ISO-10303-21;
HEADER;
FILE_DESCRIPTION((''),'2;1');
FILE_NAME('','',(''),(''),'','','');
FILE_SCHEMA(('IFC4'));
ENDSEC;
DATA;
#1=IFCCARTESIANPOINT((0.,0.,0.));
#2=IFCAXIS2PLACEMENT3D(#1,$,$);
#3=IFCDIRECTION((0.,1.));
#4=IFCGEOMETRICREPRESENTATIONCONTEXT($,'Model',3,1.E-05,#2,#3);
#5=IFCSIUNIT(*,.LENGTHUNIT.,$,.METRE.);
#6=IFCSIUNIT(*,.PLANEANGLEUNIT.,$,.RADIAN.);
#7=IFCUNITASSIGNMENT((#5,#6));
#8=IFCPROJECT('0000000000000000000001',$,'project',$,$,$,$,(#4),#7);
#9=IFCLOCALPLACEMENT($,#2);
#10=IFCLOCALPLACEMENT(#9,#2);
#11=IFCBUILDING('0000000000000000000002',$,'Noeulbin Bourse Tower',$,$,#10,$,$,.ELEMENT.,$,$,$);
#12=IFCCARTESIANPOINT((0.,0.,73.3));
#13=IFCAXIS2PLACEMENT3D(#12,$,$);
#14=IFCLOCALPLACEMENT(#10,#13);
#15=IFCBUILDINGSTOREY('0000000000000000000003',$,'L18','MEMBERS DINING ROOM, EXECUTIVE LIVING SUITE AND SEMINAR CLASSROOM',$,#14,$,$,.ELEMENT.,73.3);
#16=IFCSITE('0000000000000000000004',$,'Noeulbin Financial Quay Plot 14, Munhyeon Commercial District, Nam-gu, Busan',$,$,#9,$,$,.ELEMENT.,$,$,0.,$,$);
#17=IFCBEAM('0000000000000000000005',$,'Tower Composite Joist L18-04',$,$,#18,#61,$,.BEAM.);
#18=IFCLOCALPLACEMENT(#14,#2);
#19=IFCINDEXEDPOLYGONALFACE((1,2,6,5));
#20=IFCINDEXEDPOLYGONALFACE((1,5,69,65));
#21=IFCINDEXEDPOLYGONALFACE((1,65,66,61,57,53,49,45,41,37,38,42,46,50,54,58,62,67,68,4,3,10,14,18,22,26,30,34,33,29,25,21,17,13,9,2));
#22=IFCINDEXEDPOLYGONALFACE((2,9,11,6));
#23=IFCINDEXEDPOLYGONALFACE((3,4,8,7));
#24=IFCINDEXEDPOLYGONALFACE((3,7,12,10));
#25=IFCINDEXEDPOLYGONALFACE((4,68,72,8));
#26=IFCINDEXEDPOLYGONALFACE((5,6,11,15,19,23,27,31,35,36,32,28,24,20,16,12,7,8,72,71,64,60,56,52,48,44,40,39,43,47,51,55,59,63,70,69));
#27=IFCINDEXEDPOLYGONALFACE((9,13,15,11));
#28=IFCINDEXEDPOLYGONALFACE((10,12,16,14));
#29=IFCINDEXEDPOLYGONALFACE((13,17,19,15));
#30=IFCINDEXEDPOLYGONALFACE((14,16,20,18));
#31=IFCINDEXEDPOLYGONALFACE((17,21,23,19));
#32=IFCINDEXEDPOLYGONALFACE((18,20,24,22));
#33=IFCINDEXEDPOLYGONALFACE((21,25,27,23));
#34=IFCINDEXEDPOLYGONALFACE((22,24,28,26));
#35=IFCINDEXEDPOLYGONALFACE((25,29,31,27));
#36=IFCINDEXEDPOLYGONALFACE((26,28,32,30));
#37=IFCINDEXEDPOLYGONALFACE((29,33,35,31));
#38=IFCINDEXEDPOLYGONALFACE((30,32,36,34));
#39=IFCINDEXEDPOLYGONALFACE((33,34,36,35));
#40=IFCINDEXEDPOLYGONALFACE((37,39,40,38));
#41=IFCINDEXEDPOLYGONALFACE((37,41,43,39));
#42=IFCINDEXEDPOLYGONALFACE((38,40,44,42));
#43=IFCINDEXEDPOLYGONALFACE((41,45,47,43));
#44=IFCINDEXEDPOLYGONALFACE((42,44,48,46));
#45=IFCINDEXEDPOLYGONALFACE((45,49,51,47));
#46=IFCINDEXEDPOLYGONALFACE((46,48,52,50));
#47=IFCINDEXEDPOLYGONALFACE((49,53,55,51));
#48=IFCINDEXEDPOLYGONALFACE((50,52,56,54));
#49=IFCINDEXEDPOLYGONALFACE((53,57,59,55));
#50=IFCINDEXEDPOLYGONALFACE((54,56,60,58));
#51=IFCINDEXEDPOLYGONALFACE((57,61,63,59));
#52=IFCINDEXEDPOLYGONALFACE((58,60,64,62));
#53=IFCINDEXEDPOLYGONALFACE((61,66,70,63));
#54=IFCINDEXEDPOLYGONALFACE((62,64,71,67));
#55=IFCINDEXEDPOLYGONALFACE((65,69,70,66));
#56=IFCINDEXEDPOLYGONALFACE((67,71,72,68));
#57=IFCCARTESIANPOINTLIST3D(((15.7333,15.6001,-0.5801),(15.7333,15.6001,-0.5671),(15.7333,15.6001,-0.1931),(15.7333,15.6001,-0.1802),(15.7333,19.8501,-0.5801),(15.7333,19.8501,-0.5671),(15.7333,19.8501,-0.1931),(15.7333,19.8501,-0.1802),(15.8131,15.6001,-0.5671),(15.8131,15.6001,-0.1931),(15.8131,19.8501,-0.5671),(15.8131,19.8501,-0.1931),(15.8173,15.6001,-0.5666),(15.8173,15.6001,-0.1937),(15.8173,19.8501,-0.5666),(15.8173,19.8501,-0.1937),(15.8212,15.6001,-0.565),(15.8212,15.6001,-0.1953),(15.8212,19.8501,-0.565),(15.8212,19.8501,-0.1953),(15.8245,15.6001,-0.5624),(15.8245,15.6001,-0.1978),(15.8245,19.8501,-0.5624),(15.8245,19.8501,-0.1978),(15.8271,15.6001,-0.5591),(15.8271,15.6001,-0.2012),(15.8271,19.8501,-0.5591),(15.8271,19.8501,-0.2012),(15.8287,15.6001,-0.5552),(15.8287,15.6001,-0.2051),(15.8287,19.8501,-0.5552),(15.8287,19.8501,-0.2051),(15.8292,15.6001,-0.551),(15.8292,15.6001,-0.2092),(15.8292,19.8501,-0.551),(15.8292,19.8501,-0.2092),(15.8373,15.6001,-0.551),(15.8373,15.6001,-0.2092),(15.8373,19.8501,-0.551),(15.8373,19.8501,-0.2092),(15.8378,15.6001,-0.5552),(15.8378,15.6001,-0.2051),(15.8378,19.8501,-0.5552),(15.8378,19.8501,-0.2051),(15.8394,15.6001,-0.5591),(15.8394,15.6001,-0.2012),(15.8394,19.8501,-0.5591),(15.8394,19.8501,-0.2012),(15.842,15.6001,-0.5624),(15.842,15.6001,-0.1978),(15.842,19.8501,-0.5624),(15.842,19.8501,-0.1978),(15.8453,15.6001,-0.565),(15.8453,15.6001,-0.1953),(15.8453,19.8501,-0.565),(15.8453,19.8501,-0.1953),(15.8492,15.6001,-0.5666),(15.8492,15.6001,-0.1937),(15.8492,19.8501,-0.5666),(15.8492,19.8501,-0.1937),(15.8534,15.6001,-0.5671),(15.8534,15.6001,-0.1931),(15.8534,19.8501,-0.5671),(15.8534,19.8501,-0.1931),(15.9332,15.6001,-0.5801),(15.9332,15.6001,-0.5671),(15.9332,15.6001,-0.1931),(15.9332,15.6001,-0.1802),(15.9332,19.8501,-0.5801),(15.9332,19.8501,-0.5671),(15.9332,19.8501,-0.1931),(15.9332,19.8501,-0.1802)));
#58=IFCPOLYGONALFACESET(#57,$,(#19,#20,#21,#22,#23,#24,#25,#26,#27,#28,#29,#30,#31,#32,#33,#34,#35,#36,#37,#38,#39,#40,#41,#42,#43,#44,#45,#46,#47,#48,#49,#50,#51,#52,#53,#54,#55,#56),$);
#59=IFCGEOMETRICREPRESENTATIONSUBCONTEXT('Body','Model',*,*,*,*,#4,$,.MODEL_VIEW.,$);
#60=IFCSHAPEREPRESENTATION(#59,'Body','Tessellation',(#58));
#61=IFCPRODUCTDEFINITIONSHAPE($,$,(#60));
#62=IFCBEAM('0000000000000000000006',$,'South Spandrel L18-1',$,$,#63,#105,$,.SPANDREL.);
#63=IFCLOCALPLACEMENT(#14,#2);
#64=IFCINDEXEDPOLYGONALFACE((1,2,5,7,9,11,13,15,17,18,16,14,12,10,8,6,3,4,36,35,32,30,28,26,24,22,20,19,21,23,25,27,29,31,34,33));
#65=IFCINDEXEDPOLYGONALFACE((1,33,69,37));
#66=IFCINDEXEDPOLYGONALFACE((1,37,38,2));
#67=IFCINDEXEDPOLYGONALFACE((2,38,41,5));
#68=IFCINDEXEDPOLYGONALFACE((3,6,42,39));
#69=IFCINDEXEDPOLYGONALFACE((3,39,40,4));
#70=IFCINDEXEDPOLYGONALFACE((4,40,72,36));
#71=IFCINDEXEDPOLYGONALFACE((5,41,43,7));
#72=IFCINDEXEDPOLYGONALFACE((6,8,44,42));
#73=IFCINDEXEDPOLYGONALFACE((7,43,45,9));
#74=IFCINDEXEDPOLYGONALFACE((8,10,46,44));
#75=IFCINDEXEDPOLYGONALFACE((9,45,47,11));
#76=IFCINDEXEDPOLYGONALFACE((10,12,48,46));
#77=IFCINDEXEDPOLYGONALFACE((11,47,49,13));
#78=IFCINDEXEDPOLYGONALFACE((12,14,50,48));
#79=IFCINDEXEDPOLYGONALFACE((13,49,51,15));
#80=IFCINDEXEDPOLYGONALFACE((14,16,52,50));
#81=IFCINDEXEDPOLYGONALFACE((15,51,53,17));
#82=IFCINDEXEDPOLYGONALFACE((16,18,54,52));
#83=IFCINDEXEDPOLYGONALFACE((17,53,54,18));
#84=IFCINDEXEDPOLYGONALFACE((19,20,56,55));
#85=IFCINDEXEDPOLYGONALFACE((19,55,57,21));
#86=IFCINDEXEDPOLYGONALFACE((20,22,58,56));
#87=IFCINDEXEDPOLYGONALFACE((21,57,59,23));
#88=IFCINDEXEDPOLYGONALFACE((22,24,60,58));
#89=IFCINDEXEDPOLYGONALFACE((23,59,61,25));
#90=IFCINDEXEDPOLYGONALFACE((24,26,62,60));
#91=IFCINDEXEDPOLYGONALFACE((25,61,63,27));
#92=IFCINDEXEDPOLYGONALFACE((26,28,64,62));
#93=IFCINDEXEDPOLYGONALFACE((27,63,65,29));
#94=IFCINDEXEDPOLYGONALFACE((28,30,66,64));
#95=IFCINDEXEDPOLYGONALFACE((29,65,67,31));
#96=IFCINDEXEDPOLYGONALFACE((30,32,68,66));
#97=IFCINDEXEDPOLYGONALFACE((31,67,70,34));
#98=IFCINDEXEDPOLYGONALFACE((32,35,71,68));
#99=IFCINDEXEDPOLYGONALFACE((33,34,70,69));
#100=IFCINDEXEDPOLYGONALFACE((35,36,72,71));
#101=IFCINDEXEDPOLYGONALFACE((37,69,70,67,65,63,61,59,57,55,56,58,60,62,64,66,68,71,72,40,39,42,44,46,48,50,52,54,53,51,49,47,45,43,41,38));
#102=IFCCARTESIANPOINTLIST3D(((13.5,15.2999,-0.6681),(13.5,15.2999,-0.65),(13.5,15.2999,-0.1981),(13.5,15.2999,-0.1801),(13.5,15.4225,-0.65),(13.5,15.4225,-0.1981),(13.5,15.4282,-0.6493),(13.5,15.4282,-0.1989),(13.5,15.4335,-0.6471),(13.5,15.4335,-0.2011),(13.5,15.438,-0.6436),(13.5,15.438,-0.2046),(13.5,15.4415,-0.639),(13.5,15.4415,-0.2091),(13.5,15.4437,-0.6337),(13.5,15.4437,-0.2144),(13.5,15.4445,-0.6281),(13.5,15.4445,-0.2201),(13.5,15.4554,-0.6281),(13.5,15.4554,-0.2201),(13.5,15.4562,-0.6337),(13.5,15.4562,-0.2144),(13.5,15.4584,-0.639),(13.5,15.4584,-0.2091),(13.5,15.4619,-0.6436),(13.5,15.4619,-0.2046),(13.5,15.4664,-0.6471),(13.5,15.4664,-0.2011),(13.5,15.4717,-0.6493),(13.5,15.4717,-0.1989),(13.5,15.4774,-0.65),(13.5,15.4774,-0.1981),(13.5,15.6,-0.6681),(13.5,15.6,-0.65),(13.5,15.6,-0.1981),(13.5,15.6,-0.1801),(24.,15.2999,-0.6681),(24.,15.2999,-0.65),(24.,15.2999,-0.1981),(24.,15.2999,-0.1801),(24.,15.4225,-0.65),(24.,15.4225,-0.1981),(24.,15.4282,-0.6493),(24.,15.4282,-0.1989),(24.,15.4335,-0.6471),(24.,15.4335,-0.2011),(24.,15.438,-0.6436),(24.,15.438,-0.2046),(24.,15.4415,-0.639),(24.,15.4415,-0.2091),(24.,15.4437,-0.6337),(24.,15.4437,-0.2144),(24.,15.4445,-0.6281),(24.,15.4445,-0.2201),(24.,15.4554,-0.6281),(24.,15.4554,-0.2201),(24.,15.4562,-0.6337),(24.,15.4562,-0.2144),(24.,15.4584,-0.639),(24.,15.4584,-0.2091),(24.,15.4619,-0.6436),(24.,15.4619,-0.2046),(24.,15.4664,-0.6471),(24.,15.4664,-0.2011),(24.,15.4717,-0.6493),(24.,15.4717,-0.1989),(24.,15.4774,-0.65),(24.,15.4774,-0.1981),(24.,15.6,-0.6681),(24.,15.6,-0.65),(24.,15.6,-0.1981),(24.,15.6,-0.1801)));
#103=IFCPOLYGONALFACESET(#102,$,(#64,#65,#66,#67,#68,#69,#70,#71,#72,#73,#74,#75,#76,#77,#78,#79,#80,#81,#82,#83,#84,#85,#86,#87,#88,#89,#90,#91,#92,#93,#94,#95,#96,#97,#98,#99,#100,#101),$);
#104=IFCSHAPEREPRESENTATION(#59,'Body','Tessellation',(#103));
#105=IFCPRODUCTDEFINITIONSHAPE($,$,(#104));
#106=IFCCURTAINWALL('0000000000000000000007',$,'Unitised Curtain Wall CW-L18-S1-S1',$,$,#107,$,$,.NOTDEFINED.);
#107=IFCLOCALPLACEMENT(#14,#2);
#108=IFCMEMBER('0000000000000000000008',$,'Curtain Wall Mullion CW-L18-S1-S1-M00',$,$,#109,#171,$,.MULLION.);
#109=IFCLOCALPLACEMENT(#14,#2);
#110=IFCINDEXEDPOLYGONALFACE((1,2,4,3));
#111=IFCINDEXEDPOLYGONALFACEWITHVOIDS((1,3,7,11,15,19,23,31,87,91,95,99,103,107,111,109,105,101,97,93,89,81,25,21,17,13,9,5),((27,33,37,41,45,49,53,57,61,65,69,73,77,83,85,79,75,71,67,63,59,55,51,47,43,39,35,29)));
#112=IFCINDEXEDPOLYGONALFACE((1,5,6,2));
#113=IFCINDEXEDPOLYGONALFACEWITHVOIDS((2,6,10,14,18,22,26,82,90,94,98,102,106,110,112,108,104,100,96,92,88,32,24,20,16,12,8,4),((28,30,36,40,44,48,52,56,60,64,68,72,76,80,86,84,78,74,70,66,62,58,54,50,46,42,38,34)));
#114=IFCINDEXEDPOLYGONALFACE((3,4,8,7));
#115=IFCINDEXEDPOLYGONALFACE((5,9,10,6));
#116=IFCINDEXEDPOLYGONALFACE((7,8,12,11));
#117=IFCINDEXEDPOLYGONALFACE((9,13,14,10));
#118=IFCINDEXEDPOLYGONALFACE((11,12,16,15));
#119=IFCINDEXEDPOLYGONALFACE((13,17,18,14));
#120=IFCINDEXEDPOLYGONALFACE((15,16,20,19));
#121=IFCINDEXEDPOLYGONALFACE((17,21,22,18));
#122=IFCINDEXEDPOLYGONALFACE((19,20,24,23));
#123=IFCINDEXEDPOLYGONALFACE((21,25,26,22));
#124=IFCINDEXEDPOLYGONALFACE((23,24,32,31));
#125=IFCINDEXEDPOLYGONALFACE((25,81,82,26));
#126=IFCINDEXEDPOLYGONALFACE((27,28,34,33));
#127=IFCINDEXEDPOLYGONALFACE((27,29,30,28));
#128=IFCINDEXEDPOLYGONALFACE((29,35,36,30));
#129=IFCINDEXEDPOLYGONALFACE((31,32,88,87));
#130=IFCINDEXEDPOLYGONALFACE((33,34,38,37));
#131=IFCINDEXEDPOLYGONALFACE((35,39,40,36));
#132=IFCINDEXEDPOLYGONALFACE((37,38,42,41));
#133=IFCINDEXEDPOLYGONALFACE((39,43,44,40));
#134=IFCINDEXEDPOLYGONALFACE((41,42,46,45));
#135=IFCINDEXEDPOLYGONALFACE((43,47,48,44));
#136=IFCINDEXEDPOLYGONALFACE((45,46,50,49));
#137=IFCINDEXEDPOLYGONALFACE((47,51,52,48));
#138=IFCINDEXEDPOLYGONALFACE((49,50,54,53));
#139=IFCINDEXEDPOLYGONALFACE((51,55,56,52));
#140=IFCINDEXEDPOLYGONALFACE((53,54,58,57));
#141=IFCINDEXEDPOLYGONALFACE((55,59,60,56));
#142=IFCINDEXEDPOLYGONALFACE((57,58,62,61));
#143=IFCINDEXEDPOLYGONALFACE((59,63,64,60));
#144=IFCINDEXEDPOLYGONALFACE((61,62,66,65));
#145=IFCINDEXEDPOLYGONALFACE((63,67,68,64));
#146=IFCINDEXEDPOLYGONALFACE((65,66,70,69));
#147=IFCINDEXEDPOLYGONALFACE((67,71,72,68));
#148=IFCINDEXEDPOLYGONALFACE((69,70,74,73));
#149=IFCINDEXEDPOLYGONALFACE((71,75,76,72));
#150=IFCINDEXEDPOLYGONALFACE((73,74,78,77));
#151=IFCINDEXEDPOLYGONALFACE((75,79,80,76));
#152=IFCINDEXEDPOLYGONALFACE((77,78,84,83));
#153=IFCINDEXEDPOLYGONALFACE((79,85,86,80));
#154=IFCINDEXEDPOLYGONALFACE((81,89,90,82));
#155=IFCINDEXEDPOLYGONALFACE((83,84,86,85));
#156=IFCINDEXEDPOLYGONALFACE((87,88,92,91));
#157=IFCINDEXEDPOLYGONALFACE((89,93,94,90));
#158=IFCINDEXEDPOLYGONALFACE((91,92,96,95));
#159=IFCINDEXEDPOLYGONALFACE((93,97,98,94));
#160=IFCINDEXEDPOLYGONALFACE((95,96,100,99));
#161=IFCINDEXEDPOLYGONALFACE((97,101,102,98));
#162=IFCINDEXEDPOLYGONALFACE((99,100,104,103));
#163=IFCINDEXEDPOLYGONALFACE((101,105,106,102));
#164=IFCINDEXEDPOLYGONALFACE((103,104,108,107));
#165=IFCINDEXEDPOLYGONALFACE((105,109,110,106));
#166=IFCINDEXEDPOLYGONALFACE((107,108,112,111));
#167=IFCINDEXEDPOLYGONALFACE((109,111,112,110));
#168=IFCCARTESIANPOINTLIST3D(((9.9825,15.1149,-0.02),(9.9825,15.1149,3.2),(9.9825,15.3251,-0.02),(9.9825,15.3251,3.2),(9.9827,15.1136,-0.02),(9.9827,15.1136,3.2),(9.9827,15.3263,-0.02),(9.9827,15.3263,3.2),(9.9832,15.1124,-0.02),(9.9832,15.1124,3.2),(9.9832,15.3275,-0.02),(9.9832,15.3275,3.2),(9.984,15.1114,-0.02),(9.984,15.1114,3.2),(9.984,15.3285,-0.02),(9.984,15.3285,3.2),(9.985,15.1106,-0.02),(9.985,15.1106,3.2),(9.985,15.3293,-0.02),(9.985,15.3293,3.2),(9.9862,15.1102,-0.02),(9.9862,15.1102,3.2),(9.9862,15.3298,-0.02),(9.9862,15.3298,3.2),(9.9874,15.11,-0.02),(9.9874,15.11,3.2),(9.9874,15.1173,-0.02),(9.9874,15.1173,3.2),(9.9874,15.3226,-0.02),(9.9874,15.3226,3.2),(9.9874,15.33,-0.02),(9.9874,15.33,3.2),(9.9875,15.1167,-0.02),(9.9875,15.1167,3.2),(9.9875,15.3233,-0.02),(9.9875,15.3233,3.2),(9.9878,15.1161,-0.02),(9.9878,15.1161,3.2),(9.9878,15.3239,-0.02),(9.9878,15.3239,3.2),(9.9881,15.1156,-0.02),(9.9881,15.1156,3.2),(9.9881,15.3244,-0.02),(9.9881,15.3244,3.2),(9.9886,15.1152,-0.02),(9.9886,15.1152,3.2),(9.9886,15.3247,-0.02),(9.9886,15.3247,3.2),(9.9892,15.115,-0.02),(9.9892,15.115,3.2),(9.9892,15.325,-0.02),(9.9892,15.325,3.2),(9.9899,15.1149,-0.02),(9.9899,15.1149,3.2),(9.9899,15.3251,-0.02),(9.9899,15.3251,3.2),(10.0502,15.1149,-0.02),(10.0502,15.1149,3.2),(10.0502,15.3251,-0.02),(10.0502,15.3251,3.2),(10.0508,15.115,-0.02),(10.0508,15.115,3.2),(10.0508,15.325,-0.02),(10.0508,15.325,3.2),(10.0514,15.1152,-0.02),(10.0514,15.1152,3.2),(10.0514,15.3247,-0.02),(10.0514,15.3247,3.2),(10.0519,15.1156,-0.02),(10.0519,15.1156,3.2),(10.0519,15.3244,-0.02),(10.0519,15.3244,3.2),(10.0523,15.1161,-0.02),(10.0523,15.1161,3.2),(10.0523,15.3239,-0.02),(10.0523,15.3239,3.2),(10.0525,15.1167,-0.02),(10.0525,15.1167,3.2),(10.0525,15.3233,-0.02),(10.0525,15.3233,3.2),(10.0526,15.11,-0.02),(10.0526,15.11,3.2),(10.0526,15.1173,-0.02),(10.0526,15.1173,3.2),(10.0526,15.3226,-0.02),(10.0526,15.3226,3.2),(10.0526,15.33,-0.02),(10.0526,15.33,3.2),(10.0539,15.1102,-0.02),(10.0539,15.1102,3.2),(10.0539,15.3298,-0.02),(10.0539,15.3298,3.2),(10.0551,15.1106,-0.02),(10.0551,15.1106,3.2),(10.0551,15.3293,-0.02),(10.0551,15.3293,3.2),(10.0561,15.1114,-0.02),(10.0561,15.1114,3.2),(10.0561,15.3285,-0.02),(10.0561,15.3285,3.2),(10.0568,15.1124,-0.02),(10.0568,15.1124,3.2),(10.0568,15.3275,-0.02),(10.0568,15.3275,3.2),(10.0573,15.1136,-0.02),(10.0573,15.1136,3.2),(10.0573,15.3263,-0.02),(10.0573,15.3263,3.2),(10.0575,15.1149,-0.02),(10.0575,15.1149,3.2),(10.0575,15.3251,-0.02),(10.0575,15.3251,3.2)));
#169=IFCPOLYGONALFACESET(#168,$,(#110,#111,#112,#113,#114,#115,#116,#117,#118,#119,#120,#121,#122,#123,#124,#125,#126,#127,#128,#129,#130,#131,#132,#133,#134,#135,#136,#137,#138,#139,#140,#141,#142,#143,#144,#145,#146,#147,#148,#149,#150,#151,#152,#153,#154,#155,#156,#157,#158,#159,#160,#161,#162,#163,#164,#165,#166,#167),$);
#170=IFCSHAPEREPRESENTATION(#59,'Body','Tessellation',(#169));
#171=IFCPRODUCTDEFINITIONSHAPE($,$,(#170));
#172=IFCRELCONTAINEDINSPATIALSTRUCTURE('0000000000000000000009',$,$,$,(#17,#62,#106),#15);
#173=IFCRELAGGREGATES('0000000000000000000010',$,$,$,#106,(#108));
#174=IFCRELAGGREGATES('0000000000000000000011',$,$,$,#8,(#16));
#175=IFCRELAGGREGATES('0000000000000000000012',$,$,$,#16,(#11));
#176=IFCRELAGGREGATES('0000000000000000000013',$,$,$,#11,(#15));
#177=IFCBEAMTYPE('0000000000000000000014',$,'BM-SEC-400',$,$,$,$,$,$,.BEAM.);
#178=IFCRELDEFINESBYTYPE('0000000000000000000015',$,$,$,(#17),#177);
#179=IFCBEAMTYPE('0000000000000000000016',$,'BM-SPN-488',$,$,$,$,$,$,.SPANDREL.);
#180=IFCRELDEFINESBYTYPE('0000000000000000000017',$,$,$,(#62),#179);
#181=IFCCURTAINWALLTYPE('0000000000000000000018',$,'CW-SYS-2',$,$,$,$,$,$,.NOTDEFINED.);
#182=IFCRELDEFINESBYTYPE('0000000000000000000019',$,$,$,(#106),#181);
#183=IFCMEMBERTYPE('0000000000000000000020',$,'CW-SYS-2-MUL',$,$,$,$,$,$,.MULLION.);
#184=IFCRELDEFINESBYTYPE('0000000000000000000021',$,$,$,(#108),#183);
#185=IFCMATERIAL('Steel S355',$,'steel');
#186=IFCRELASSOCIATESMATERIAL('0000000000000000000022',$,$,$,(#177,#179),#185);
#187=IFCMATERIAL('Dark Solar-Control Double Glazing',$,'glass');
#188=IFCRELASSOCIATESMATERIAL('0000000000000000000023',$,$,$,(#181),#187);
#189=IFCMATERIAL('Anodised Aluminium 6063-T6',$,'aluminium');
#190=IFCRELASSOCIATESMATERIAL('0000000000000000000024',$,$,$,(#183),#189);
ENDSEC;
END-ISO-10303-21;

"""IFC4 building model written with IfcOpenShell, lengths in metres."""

from ifc_helpers import new_model, si_unit, direction, frame, origin, origin_2d, place, context, subcontext, project, spatial, hollow_rectangle, i_section, extrude, material, material_profile, profile_set, type_object, element, aggregate, save


model = new_model("IFC4")

# Units and contexts
model_context = context("Model", 3, precision=1e-05, world=origin(), true_north=direction((0.0, 1.0)))
body_context = subcontext(model_context, "Body", "Model", "MODEL_VIEW")
ifc_project = project(units=[si_unit("LENGTHUNIT", "METRE"), si_unit("PLANEANGLEUNIT", "RADIAN")], contexts=[model_context])

# Site, building, storey
site_placement = place(None, origin())
site = spatial("IfcSite", under=ifc_project, at=site_placement, Name="Noeulbin Financial Quay Plot 14, Munhyeon Commercial District, Nam-gu, Busan", CompositionType="ELEMENT", RefElevation=0.0)
building_placement = place(site_placement, origin())
building = spatial("IfcBuilding", under=site, at=building_placement, Name="Noeulbin Bourse Tower", CompositionType="ELEMENT")
storey_placement = place(building_placement, frame((0.0, 0.0, 73.3)))
storey = spatial("IfcBuildingStorey", under=building, at=storey_placement, Name="L18", Description="MEMBERS DINING ROOM, EXECUTIVE LIVING SUITE AND SEMINAR CLASSROOM", CompositionType="ELEMENT", Elevation=73.3)

# Beams
ifc_material_1 = material(Name="Steel S355", Category="steel")
ifc_material_profile_1 = material_profile(ifc_material_1, i_section(OverallWidth=0.2, OverallDepth=0.3999, WebThickness=0.0081, FlangeThickness=0.0129, FilletRadius=0.0161, at=origin_2d()), Name="H-400x200x8x13", Category="LoadBearing")
ifc_profile_set_1 = profile_set([ifc_material_profile_1], Name="Steel S355")
beam_type_1 = type_object("IfcBeamType", Name="BM-SEC-400", PredefinedType="BEAM", material=ifc_profile_set_1)
for number, where, z_axis, x_axis, name in (
    (1, (15.8333, 15.6001, -0.3801), (0.0, 1.0, 0.0), (-1.0, 0.0, 0.0), "Tower Composite Joist L18-04"),
):
    element("IfcBeam", number, at=place(storey_placement, frame(where, z_axis=z_axis, x_axis=x_axis)), inside=storey, type_object=beam_type_1, Name=name, PredefinedType="BEAM", context=body_context, shape_type="SweptSolid", body=[
        extrude(i_section(OverallWidth=0.2, OverallDepth=0.3999, WebThickness=0.0081, FlangeThickness=0.0129, FilletRadius=0.0161, at=origin_2d()), origin(), (0.0, 0.0, 1.0), 4.25),
    ])
ifc_material_profile_2 = material_profile(ifc_material_1, i_section(OverallWidth=0.3, OverallDepth=0.488, WebThickness=0.011, FlangeThickness=0.0181, FilletRadius=0.022, at=origin_2d()), Name="H-488x300x11x18", Category="LoadBearing")
ifc_profile_set_2 = profile_set([ifc_material_profile_2], Name="Steel S355")
beam_type_2 = type_object("IfcBeamType", Name="BM-SPN-488", PredefinedType="SPANDREL", material=ifc_profile_set_2)
beam_1_placement = place(storey_placement, frame((13.5, 15.45, -0.4241), z_axis=(1.0, 0.0, 0.0), x_axis=(0.0, 1.0, 0.0)))
element("IfcBeam", 2, at=beam_1_placement, inside=storey, type_object=beam_type_2, Name="South Spandrel L18-1", PredefinedType="SPANDREL", context=body_context, shape_type="SweptSolid", body=[
    extrude(i_section(OverallWidth=0.3, OverallDepth=0.488, WebThickness=0.011, FlangeThickness=0.0181, FilletRadius=0.022, at=origin_2d()), origin(), (0.0, 0.0, 1.0), 10.5),
])

# Curtain wall, member
ifc_material_2 = material(Name="Dark Solar-Control Double Glazing", Category="glass")
curtain_wall_type = type_object("IfcCurtainWallType", Name="CW-SYS-2", PredefinedType="NOTDEFINED", material=ifc_material_2)
curtain_wall_1_placement = place(storey_placement, origin())
curtain_wall_1 = element("IfcCurtainWall", 3, at=curtain_wall_1_placement, inside=storey, type_object=curtain_wall_type, Name="Unitised Curtain Wall CW-L18-S1-S1", PredefinedType="NOTDEFINED")
ifc_material_3 = material(Name="Anodised Aluminium 6063-T6", Category="aluminium")
ifc_material_profile_3 = material_profile(ifc_material_3, hollow_rectangle(XDim=0.075, YDim=0.22, WallThickness=0.0049, InnerFilletRadius=0.0024, OuterFilletRadius=0.0049, at=origin_2d()), Name="ALU-MULL-75x220x5", Category="LoadBearing")
ifc_profile_set_3 = profile_set([ifc_material_profile_3], Name="Anodised Aluminium 6063-T6")
member_type_1 = type_object("IfcMemberType", Name="CW-SYS-2-MUL", PredefinedType="MULLION", material=ifc_profile_set_3)
member_1_placement = place(storey_placement, frame((10.02, 15.22, -0.02), z_axis=(0.0, 0.0, 1.0), x_axis=(1.0, 0.0, 0.0)))
member_1 = element("IfcMember", 4, at=member_1_placement, type_object=member_type_1, Name="Curtain Wall Mullion CW-L18-S1-S1-M00", PredefinedType="MULLION", context=body_context, shape_type="SweptSolid", body=[
    extrude(hollow_rectangle(XDim=0.075, YDim=0.22, WallThickness=0.0049, InnerFilletRadius=0.0024, OuterFilletRadius=0.0049, at=origin_2d()), origin(), (0.0, 0.0, 1.0), 3.22),
])

aggregate(curtain_wall_1, [member_1])

save(model, "model.ifc")
